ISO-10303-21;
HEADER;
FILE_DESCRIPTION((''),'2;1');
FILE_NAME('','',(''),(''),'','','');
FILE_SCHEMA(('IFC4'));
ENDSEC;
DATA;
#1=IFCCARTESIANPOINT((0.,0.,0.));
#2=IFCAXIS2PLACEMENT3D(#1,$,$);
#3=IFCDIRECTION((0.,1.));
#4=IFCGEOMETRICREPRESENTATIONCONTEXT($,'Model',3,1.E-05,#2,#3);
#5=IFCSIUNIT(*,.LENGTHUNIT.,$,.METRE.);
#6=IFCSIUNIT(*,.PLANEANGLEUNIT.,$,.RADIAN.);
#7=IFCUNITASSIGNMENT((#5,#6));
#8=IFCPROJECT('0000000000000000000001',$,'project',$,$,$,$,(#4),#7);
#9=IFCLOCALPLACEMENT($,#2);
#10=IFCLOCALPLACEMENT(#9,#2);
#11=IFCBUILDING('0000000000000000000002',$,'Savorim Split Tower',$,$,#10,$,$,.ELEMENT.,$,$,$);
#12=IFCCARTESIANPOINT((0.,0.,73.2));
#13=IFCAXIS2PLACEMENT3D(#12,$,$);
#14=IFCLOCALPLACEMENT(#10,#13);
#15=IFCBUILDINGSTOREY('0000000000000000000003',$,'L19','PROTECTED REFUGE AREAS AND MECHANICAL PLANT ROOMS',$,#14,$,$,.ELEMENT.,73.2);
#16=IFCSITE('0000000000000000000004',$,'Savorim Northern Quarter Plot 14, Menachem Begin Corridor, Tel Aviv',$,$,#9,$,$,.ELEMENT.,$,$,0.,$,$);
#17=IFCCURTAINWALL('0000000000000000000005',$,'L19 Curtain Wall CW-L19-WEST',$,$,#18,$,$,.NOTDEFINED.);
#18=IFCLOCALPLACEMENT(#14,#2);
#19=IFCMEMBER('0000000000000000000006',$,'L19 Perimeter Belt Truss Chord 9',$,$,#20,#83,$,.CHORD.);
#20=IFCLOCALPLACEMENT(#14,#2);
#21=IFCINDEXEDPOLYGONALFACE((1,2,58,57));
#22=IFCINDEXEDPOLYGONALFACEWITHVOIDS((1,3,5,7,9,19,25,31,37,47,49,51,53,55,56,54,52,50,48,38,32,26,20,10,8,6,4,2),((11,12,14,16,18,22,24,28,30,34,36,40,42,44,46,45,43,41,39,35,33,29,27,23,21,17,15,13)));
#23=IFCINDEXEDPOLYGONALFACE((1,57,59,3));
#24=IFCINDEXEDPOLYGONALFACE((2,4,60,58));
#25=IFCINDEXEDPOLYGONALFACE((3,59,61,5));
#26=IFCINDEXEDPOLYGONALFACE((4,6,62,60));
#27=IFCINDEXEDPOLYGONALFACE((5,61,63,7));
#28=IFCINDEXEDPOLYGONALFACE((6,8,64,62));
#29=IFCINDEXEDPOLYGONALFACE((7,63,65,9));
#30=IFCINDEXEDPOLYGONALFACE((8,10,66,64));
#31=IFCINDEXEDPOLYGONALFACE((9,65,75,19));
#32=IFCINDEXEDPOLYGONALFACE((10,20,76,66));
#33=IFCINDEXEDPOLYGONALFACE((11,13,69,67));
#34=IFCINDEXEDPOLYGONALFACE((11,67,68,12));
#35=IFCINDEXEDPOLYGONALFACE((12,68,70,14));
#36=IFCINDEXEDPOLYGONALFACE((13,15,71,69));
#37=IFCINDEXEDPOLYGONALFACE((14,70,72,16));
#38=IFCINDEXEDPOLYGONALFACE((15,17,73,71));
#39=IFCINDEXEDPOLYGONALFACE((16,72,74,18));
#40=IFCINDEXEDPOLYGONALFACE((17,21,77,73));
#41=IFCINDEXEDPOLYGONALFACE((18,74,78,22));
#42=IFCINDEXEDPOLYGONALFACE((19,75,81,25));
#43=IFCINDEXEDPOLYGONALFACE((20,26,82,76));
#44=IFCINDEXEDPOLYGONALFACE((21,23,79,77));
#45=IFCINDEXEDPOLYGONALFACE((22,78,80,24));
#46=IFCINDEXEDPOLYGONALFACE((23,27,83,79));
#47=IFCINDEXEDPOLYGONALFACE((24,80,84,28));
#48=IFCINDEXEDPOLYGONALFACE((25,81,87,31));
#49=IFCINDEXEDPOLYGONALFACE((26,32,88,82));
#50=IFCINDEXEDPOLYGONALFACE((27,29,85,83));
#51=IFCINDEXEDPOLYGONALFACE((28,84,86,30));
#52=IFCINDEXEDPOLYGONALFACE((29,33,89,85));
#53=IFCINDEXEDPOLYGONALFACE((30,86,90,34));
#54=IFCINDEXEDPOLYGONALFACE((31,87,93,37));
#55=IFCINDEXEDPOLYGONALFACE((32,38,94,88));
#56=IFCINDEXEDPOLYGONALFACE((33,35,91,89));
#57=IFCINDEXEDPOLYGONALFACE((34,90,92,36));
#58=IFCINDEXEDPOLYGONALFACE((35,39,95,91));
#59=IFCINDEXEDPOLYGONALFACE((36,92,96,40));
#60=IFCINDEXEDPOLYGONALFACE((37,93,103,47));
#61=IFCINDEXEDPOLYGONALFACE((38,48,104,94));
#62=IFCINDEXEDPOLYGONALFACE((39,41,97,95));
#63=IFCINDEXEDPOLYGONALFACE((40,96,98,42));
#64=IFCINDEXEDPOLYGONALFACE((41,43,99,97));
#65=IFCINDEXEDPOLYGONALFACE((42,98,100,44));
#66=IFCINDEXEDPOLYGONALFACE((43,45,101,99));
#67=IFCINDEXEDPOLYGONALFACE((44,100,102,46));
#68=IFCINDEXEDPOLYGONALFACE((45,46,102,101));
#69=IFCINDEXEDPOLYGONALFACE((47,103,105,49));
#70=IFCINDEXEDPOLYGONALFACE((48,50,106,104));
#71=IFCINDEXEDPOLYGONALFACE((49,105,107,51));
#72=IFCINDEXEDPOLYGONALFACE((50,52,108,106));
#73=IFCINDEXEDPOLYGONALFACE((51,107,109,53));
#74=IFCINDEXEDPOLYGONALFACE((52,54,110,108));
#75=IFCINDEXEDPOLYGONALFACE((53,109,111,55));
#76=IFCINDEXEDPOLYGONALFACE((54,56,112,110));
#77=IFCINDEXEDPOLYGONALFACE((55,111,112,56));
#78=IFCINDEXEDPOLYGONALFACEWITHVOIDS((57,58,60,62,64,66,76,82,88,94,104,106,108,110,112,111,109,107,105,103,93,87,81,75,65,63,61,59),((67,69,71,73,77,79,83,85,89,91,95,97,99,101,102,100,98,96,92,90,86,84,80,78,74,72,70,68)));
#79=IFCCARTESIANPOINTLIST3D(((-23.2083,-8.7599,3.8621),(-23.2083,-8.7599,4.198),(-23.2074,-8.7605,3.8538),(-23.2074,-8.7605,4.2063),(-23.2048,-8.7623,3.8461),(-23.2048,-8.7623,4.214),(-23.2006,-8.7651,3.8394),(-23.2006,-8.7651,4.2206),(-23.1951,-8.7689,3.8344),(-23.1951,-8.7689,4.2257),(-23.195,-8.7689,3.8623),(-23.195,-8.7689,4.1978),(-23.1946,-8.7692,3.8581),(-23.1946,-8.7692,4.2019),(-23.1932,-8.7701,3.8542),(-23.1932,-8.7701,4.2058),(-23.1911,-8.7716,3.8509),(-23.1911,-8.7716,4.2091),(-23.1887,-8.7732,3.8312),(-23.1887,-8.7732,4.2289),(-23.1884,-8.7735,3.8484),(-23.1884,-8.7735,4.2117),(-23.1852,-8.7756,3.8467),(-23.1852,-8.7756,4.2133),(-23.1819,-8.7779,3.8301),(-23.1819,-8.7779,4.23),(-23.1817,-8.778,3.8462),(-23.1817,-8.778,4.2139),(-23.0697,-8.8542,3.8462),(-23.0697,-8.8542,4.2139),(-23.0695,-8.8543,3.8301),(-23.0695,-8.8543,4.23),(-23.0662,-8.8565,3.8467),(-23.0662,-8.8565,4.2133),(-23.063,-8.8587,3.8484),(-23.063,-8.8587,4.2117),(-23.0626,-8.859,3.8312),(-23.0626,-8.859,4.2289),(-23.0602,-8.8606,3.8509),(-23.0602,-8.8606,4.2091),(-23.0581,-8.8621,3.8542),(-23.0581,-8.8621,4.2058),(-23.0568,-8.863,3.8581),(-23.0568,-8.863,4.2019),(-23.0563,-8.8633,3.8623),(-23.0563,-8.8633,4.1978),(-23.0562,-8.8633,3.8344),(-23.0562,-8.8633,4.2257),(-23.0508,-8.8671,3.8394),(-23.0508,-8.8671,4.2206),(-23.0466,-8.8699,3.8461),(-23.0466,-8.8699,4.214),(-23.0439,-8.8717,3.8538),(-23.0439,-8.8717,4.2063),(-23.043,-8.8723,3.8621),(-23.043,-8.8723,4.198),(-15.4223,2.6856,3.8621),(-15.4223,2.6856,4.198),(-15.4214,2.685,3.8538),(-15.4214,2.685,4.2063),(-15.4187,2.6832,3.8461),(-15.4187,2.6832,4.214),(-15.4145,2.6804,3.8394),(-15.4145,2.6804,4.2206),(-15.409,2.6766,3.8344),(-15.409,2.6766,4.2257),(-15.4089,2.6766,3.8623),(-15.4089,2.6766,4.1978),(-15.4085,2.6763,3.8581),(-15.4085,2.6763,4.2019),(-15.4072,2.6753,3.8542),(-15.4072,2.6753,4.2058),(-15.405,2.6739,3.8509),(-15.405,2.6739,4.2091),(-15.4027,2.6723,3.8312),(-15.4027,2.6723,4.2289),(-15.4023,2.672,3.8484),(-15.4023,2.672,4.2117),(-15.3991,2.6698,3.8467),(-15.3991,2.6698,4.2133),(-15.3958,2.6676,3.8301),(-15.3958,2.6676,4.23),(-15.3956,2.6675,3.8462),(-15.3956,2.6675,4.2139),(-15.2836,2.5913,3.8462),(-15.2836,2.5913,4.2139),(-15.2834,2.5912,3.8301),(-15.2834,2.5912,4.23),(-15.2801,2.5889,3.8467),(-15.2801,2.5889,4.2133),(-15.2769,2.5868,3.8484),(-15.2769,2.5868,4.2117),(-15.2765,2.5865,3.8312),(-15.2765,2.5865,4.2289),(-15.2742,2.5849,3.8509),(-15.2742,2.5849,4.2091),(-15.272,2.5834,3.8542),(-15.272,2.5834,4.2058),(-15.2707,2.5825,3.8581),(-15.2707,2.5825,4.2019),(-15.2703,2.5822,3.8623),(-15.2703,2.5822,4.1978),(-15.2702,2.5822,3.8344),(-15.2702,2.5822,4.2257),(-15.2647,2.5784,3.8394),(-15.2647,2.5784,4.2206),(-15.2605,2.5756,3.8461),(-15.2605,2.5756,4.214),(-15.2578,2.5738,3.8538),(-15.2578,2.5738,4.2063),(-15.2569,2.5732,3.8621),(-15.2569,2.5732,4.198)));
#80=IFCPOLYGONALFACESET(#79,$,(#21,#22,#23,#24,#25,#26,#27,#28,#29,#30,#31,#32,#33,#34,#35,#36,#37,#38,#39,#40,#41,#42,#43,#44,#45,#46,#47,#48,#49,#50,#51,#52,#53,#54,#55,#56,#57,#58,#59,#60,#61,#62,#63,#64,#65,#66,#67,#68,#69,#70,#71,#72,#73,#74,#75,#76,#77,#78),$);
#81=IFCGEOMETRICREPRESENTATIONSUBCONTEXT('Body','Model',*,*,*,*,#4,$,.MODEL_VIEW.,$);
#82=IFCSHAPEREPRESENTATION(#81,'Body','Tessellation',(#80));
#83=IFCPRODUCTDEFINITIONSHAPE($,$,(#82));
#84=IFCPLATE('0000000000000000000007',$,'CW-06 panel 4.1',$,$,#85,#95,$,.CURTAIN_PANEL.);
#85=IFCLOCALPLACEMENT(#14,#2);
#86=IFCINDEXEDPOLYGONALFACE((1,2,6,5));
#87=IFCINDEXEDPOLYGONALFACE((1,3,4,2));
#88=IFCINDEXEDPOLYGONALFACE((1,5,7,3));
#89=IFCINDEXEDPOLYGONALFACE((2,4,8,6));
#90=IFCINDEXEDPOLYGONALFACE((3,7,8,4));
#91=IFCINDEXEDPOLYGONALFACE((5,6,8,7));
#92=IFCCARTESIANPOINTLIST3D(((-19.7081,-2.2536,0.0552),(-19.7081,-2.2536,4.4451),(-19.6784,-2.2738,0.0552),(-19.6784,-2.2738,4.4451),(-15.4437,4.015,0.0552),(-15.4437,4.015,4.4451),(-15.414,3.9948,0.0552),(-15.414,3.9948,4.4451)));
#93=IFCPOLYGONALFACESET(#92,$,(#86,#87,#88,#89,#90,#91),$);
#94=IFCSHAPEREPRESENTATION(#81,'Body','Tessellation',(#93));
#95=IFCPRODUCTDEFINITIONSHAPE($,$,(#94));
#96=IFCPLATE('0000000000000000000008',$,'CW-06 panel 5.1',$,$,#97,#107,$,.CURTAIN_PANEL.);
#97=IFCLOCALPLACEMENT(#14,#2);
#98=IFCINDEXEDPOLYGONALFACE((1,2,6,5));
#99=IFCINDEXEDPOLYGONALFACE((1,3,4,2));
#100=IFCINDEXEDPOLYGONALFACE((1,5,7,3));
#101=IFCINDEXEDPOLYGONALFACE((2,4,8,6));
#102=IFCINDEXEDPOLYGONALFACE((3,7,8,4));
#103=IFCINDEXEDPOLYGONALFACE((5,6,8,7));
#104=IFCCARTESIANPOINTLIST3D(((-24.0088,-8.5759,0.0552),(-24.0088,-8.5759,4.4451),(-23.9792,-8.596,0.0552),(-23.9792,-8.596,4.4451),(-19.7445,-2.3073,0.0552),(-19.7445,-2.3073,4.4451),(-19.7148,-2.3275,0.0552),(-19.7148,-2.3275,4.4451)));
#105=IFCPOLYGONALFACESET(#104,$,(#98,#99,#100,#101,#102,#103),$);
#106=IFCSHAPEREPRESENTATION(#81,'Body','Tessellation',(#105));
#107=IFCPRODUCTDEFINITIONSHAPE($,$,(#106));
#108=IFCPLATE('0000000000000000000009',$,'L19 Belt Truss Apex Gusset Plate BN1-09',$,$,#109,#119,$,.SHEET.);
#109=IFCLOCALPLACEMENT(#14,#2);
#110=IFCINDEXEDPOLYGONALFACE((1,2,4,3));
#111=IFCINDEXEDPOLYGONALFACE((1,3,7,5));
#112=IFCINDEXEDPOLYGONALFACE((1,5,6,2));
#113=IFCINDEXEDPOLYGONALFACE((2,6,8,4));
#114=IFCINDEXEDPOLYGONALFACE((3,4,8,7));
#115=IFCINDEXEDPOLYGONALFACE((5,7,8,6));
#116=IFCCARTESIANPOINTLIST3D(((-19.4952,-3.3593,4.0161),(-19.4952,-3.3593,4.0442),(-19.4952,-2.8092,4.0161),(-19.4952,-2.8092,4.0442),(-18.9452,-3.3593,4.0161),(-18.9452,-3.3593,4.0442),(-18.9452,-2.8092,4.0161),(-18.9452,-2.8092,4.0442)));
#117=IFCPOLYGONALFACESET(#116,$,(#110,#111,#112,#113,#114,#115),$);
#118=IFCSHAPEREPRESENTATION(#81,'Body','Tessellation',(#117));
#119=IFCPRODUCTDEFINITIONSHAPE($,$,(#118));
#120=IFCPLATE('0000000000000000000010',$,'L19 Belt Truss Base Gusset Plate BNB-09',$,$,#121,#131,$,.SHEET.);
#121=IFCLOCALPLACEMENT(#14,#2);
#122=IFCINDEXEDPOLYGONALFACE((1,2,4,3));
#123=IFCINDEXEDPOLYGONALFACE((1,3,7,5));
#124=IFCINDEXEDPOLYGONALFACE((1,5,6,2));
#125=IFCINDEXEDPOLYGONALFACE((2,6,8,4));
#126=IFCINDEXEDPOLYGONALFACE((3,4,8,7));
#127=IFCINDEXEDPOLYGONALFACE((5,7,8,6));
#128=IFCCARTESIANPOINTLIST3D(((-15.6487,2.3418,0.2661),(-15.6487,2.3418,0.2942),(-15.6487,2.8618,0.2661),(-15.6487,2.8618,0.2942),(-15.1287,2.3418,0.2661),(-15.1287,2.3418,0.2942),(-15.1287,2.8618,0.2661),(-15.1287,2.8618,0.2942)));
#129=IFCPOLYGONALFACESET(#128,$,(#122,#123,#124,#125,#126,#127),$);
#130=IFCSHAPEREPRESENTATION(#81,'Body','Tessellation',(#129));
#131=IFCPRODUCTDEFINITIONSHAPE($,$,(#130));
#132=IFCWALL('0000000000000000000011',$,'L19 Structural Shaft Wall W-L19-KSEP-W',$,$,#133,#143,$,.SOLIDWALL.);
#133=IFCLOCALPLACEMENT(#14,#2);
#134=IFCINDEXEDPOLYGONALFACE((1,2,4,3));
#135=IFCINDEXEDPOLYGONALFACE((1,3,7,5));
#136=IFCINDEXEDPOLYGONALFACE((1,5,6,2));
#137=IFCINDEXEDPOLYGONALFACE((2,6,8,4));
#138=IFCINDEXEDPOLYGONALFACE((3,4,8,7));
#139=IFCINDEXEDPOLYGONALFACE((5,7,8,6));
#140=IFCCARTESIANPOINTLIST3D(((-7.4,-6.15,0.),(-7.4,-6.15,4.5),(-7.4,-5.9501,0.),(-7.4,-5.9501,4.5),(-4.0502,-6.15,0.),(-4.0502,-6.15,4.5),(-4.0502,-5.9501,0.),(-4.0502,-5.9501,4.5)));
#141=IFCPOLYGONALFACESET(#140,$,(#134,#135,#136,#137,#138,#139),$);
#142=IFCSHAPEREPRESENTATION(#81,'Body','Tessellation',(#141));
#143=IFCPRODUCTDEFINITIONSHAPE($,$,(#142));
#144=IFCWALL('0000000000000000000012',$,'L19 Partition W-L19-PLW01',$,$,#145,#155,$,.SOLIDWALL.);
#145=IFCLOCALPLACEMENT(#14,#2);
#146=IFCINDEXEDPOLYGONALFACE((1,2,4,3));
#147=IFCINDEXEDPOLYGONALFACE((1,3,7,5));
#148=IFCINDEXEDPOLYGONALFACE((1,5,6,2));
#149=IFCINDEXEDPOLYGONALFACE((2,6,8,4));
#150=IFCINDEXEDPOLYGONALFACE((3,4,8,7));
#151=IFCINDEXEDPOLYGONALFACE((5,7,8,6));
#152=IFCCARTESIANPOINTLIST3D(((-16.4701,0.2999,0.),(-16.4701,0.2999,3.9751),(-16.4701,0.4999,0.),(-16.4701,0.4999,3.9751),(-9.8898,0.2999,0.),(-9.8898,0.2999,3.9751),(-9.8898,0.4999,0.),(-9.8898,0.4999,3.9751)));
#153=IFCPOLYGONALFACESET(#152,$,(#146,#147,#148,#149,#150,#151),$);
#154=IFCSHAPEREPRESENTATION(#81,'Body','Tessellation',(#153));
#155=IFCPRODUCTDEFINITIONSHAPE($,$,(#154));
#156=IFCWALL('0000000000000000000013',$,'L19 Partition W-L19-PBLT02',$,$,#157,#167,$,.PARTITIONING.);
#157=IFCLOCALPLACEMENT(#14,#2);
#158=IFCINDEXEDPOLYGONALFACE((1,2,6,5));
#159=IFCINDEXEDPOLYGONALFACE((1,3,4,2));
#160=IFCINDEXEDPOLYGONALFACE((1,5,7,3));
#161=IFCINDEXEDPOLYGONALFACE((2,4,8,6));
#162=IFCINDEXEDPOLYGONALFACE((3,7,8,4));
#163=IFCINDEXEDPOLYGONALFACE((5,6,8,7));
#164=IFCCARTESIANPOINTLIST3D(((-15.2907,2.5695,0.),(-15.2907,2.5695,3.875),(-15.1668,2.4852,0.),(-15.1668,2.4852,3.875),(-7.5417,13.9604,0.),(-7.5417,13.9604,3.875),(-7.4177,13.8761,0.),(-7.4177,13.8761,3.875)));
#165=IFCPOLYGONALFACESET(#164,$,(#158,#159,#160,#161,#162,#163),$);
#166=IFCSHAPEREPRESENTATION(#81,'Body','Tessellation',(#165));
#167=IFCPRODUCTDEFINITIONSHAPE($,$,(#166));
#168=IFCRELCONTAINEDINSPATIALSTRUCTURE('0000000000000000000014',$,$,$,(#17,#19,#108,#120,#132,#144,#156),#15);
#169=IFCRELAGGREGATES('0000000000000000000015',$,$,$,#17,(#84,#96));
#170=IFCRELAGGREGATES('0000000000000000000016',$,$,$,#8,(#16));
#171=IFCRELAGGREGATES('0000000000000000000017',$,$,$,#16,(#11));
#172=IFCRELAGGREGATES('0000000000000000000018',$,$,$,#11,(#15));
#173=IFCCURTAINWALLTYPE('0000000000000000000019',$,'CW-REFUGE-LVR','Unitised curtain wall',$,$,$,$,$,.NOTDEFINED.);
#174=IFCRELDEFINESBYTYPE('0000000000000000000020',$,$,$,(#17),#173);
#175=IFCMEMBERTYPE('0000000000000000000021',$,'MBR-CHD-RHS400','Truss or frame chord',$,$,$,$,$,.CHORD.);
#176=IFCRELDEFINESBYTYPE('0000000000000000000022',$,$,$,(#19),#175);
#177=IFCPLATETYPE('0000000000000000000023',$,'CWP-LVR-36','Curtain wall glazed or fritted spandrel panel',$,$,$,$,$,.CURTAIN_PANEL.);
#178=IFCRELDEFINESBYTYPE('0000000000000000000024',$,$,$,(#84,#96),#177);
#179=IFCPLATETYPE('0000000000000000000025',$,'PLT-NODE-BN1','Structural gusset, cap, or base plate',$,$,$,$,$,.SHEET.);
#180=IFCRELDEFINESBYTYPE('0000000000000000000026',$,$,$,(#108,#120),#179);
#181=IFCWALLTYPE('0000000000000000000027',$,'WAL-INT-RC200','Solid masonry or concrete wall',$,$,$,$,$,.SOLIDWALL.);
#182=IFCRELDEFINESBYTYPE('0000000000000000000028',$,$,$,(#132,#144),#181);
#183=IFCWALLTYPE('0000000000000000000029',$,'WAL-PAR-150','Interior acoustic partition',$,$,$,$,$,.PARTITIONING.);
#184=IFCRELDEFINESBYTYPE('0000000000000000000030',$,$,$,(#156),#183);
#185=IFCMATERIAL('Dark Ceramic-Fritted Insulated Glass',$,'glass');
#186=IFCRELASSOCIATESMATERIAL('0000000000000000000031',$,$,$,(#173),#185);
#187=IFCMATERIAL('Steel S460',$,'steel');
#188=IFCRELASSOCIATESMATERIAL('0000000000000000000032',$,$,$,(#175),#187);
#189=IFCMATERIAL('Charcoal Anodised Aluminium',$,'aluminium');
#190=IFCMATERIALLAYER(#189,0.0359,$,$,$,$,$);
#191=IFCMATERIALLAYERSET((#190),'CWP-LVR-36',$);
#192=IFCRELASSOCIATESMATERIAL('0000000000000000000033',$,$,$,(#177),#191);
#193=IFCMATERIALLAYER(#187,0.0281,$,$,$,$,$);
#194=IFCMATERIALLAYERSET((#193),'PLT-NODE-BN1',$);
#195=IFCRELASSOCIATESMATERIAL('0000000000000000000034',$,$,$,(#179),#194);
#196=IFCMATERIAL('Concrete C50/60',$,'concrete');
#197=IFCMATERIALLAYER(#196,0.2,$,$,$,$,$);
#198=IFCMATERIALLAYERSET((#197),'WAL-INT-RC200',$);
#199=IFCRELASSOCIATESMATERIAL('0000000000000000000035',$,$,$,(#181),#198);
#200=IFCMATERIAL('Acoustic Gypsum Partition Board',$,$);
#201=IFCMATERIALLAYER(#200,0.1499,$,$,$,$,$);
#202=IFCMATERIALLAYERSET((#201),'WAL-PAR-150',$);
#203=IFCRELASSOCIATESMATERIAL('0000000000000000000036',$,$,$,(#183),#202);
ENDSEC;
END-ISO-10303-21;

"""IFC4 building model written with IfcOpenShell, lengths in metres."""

from ifc_helpers import new_model, si_unit, direction, frame, frame_2d, origin, origin_2d, place, context, subcontext, project, spatial, rectangle, hollow_rectangle, extrude, material, layer, layer_set, material_profile, profile_set, type_object, element, aggregate, save


model = new_model("IFC4")

# Units and contexts
model_context = context("Model", 3, precision=1e-05, world=origin(), true_north=direction((0.0, 1.0)))
body_context = subcontext(model_context, "Body", "Model", "MODEL_VIEW")
ifc_project = project(units=[si_unit("LENGTHUNIT", "METRE"), si_unit("PLANEANGLEUNIT", "RADIAN")], contexts=[model_context])

# Site, building, storey
site_placement = place(None, origin())
site = spatial("IfcSite", under=ifc_project, at=site_placement, Name="Savorim Northern Quarter Plot 14, Menachem Begin Corridor, Tel Aviv", CompositionType="ELEMENT", RefElevation=0.0)
building_placement = place(site_placement, origin())
building = spatial("IfcBuilding", under=site, at=building_placement, Name="Savorim Split Tower", CompositionType="ELEMENT")
storey_placement = place(building_placement, frame((0.0, 0.0, 73.2)))
storey = spatial("IfcBuildingStorey", under=building, at=storey_placement, Name="L19", Description="PROTECTED REFUGE AREAS AND MECHANICAL PLANT ROOMS", CompositionType="ELEMENT", Elevation=73.2)

# Shared definitions
ifc_material_1 = material(Name="Steel S460", Category="steel")

# Curtain wall
ifc_material_2 = material(Name="Dark Ceramic-Fritted Insulated Glass", Category="glass")
curtain_wall_type = type_object("IfcCurtainWallType", Name="CW-REFUGE-LVR", Description="Unitised curtain wall", PredefinedType="NOTDEFINED", material=ifc_material_2)
curtain_wall_placement = place(storey_placement, origin())
curtain_wall = element("IfcCurtainWall", 1, at=curtain_wall_placement, inside=storey, type_object=curtain_wall_type, Name="L19 Curtain Wall CW-L19-WEST", PredefinedType="NOTDEFINED")
ifc_material_3 = material(Name="Charcoal Anodised Aluminium", Category="aluminium")

# Member
ifc_material_profile_1 = material_profile(ifc_material_1, hollow_rectangle(XDim=0.2, YDim=0.3999, WallThickness=0.0161, InnerFilletRadius=0.0161, OuterFilletRadius=0.032, at=origin_2d()), Name="RHS 400x200x16")
ifc_profile_set_1 = profile_set([ifc_material_profile_1], Name="Steel S460")
member_type_1 = type_object("IfcMemberType", Name="MBR-CHD-RHS400", Description="Truss or frame chord", PredefinedType="CHORD", material=ifc_profile_set_1)
member_1_placement = place(storey_placement, frame((-15.3396, 2.6294, 4.03), z_axis=(-0.562466, -0.826821, 0.0), x_axis=(0.826821, -0.562466, 0.0)))
element("IfcMember", 2, at=member_1_placement, inside=storey, type_object=member_type_1, Name="L19 Perimeter Belt Truss Chord 9", PredefinedType="CHORD", context=body_context, shape_type="SweptSolid", body=[
    extrude(hollow_rectangle(XDim=0.2, YDim=0.3999, WallThickness=0.0161, InnerFilletRadius=0.0161, OuterFilletRadius=0.032, at=origin_2d()), origin(), (0.0, 0.0, 1.0), 13.8428),
])

# Plates
ifc_layer_1 = layer(ifc_material_3, 0.0359)
ifc_layer_set_1 = layer_set([ifc_layer_1], Name="CWP-LVR-36")
plate_type_1 = type_object("IfcPlateType", Name="CWP-LVR-36", Description="Curtain wall glazed or fritted spandrel panel", PredefinedType="CURTAIN_PANEL", material=ifc_layer_set_1)
plate_1_placement = place(storey_placement, frame((-17.561, 0.8706, 0.0552), z_axis=(0.0, 0.0, 1.0), x_axis=(-0.562467, -0.82682, 0.0)))
plate_1 = element("IfcPlate", 3, at=plate_1_placement, type_object=plate_type_1, Name="CW-06 panel 4.1", PredefinedType="CURTAIN_PANEL", context=body_context, shape_type="SweptSolid", body=[
    extrude(rectangle(XDim=7.5815, YDim=0.0359, at=origin_2d()), origin(), (0.0, 0.0, 1.0), 4.3899),
])
plate_2_placement = place(storey_placement, frame((-21.8618, -5.4517, 0.0552), z_axis=(0.0, 0.0, 1.0), x_axis=(-0.562467, -0.82682, 0.0)))
plate_2 = element("IfcPlate", 4, at=plate_2_placement, type_object=plate_type_1, Name="CW-06 panel 5.1", PredefinedType="CURTAIN_PANEL", context=body_context, shape_type="SweptSolid", body=[
    extrude(rectangle(XDim=7.5815, YDim=0.0359, at=origin_2d()), origin(), (0.0, 0.0, 1.0), 4.3899),
])
aggregate(curtain_wall, [plate_1, plate_2])

# Plates
ifc_layer_2 = layer(ifc_material_1, 0.0281)
ifc_layer_set_2 = layer_set([ifc_layer_2], Name="PLT-NODE-BN1")
plate_type_2 = type_object("IfcPlateType", Name="PLT-NODE-BN1", Description="Structural gusset, cap, or base plate", PredefinedType="SHEET", material=ifc_layer_set_2)
plate_3_placement = place(storey_placement, frame((-19.2202, -3.0842, 4.0161), z_axis=(0.0, 0.0, 1.0), x_axis=(1.0, 0.0, 0.0)))
element("IfcPlate", 5, at=plate_3_placement, inside=storey, type_object=plate_type_2, Name="L19 Belt Truss Apex Gusset Plate BN1-09", PredefinedType="SHEET", context=body_context, shape_type="SweptSolid", body=[
    extrude(rectangle(XDim=0.55, YDim=0.55, at=origin_2d()), origin(), (0.0, 0.0, 1.0), 0.0281),
])
plate_4_placement = place(storey_placement, frame((-15.3887, 2.6018, 0.2661), z_axis=(0.0, 0.0, 1.0), x_axis=(1.0, 0.0, 0.0)))
element("IfcPlate", 6, at=plate_4_placement, inside=storey, type_object=plate_type_2, Name="L19 Belt Truss Base Gusset Plate BNB-09", PredefinedType="SHEET", context=body_context, shape_type="SweptSolid", body=[
    extrude(rectangle(XDim=0.52, YDim=0.52, at=origin_2d()), origin(), (0.0, 0.0, 1.0), 0.0281),
])

# Walls
ifc_material_4 = material(Name="Concrete C50/60", Category="concrete")
ifc_layer_3 = layer(ifc_material_4, 0.2)
ifc_layer_set_3 = layer_set([ifc_layer_3], Name="WAL-INT-RC200")
wall_type_1 = type_object("IfcWallType", Name="WAL-INT-RC200", Description="Solid masonry or concrete wall", PredefinedType="SOLIDWALL", material=ifc_layer_set_3)
wall_1_placement = place(storey_placement, frame((-7.3999, -6.05, 0.0), z_axis=(0.0, 0.0, 1.0), x_axis=(1.0, 0.0, 0.0)))
element("IfcWall", 7, at=wall_1_placement, inside=storey, type_object=wall_type_1, Name="L19 Structural Shaft Wall W-L19-KSEP-W", PredefinedType="SOLIDWALL", context=body_context, shape_type="SweptSolid", body=[
    extrude(rectangle(XDim=3.3499, YDim=0.2, at=frame_2d((1.6748, 0.0))), origin(), (0.0, 0.0, 1.0), 4.5),
])
wall_2_placement = place(storey_placement, frame((-9.8899, 0.3999, 0.0), z_axis=(0.0, 0.0, 1.0), x_axis=(-1.0, 0.0, 0.0)))
element("IfcWall", 8, at=wall_2_placement, inside=storey, type_object=wall_type_1, Name="L19 Partition W-L19-PLW01", PredefinedType="SOLIDWALL", context=body_context, shape_type="SweptSolid", body=[
    extrude(rectangle(XDim=6.5803, YDim=0.2, at=frame_2d((3.29, 0.0))), origin(), (0.0, 0.0, 1.0), 3.9751),
])
ifc_material_5 = material(Name="Acoustic Gypsum Partition Board")
ifc_layer_4 = layer(ifc_material_5, 0.1499)
ifc_layer_set_4 = layer_set([ifc_layer_4], Name="WAL-PAR-150")
wall_type_2 = type_object("IfcWallType", Name="WAL-PAR-150", Description="Interior acoustic partition", PredefinedType="PARTITIONING", material=ifc_layer_set_4)
wall_3_placement = place(storey_placement, frame((-15.2288, 2.5273, 0.0), z_axis=(0.0, 0.0, 1.0), x_axis=(0.56247, 0.826817, 0.0)))
element("IfcWall", 9, at=wall_3_placement, inside=storey, type_object=wall_type_2, Name="L19 Partition W-L19-PBLT02", PredefinedType="PARTITIONING", context=body_context, shape_type="SweptSolid", body=[
    extrude(rectangle(XDim=13.7769, YDim=0.1499, at=frame_2d((6.8884, 0.0))), origin(), (0.0, 0.0, 1.0), 3.875),
])

save(model, "model.ifc")
